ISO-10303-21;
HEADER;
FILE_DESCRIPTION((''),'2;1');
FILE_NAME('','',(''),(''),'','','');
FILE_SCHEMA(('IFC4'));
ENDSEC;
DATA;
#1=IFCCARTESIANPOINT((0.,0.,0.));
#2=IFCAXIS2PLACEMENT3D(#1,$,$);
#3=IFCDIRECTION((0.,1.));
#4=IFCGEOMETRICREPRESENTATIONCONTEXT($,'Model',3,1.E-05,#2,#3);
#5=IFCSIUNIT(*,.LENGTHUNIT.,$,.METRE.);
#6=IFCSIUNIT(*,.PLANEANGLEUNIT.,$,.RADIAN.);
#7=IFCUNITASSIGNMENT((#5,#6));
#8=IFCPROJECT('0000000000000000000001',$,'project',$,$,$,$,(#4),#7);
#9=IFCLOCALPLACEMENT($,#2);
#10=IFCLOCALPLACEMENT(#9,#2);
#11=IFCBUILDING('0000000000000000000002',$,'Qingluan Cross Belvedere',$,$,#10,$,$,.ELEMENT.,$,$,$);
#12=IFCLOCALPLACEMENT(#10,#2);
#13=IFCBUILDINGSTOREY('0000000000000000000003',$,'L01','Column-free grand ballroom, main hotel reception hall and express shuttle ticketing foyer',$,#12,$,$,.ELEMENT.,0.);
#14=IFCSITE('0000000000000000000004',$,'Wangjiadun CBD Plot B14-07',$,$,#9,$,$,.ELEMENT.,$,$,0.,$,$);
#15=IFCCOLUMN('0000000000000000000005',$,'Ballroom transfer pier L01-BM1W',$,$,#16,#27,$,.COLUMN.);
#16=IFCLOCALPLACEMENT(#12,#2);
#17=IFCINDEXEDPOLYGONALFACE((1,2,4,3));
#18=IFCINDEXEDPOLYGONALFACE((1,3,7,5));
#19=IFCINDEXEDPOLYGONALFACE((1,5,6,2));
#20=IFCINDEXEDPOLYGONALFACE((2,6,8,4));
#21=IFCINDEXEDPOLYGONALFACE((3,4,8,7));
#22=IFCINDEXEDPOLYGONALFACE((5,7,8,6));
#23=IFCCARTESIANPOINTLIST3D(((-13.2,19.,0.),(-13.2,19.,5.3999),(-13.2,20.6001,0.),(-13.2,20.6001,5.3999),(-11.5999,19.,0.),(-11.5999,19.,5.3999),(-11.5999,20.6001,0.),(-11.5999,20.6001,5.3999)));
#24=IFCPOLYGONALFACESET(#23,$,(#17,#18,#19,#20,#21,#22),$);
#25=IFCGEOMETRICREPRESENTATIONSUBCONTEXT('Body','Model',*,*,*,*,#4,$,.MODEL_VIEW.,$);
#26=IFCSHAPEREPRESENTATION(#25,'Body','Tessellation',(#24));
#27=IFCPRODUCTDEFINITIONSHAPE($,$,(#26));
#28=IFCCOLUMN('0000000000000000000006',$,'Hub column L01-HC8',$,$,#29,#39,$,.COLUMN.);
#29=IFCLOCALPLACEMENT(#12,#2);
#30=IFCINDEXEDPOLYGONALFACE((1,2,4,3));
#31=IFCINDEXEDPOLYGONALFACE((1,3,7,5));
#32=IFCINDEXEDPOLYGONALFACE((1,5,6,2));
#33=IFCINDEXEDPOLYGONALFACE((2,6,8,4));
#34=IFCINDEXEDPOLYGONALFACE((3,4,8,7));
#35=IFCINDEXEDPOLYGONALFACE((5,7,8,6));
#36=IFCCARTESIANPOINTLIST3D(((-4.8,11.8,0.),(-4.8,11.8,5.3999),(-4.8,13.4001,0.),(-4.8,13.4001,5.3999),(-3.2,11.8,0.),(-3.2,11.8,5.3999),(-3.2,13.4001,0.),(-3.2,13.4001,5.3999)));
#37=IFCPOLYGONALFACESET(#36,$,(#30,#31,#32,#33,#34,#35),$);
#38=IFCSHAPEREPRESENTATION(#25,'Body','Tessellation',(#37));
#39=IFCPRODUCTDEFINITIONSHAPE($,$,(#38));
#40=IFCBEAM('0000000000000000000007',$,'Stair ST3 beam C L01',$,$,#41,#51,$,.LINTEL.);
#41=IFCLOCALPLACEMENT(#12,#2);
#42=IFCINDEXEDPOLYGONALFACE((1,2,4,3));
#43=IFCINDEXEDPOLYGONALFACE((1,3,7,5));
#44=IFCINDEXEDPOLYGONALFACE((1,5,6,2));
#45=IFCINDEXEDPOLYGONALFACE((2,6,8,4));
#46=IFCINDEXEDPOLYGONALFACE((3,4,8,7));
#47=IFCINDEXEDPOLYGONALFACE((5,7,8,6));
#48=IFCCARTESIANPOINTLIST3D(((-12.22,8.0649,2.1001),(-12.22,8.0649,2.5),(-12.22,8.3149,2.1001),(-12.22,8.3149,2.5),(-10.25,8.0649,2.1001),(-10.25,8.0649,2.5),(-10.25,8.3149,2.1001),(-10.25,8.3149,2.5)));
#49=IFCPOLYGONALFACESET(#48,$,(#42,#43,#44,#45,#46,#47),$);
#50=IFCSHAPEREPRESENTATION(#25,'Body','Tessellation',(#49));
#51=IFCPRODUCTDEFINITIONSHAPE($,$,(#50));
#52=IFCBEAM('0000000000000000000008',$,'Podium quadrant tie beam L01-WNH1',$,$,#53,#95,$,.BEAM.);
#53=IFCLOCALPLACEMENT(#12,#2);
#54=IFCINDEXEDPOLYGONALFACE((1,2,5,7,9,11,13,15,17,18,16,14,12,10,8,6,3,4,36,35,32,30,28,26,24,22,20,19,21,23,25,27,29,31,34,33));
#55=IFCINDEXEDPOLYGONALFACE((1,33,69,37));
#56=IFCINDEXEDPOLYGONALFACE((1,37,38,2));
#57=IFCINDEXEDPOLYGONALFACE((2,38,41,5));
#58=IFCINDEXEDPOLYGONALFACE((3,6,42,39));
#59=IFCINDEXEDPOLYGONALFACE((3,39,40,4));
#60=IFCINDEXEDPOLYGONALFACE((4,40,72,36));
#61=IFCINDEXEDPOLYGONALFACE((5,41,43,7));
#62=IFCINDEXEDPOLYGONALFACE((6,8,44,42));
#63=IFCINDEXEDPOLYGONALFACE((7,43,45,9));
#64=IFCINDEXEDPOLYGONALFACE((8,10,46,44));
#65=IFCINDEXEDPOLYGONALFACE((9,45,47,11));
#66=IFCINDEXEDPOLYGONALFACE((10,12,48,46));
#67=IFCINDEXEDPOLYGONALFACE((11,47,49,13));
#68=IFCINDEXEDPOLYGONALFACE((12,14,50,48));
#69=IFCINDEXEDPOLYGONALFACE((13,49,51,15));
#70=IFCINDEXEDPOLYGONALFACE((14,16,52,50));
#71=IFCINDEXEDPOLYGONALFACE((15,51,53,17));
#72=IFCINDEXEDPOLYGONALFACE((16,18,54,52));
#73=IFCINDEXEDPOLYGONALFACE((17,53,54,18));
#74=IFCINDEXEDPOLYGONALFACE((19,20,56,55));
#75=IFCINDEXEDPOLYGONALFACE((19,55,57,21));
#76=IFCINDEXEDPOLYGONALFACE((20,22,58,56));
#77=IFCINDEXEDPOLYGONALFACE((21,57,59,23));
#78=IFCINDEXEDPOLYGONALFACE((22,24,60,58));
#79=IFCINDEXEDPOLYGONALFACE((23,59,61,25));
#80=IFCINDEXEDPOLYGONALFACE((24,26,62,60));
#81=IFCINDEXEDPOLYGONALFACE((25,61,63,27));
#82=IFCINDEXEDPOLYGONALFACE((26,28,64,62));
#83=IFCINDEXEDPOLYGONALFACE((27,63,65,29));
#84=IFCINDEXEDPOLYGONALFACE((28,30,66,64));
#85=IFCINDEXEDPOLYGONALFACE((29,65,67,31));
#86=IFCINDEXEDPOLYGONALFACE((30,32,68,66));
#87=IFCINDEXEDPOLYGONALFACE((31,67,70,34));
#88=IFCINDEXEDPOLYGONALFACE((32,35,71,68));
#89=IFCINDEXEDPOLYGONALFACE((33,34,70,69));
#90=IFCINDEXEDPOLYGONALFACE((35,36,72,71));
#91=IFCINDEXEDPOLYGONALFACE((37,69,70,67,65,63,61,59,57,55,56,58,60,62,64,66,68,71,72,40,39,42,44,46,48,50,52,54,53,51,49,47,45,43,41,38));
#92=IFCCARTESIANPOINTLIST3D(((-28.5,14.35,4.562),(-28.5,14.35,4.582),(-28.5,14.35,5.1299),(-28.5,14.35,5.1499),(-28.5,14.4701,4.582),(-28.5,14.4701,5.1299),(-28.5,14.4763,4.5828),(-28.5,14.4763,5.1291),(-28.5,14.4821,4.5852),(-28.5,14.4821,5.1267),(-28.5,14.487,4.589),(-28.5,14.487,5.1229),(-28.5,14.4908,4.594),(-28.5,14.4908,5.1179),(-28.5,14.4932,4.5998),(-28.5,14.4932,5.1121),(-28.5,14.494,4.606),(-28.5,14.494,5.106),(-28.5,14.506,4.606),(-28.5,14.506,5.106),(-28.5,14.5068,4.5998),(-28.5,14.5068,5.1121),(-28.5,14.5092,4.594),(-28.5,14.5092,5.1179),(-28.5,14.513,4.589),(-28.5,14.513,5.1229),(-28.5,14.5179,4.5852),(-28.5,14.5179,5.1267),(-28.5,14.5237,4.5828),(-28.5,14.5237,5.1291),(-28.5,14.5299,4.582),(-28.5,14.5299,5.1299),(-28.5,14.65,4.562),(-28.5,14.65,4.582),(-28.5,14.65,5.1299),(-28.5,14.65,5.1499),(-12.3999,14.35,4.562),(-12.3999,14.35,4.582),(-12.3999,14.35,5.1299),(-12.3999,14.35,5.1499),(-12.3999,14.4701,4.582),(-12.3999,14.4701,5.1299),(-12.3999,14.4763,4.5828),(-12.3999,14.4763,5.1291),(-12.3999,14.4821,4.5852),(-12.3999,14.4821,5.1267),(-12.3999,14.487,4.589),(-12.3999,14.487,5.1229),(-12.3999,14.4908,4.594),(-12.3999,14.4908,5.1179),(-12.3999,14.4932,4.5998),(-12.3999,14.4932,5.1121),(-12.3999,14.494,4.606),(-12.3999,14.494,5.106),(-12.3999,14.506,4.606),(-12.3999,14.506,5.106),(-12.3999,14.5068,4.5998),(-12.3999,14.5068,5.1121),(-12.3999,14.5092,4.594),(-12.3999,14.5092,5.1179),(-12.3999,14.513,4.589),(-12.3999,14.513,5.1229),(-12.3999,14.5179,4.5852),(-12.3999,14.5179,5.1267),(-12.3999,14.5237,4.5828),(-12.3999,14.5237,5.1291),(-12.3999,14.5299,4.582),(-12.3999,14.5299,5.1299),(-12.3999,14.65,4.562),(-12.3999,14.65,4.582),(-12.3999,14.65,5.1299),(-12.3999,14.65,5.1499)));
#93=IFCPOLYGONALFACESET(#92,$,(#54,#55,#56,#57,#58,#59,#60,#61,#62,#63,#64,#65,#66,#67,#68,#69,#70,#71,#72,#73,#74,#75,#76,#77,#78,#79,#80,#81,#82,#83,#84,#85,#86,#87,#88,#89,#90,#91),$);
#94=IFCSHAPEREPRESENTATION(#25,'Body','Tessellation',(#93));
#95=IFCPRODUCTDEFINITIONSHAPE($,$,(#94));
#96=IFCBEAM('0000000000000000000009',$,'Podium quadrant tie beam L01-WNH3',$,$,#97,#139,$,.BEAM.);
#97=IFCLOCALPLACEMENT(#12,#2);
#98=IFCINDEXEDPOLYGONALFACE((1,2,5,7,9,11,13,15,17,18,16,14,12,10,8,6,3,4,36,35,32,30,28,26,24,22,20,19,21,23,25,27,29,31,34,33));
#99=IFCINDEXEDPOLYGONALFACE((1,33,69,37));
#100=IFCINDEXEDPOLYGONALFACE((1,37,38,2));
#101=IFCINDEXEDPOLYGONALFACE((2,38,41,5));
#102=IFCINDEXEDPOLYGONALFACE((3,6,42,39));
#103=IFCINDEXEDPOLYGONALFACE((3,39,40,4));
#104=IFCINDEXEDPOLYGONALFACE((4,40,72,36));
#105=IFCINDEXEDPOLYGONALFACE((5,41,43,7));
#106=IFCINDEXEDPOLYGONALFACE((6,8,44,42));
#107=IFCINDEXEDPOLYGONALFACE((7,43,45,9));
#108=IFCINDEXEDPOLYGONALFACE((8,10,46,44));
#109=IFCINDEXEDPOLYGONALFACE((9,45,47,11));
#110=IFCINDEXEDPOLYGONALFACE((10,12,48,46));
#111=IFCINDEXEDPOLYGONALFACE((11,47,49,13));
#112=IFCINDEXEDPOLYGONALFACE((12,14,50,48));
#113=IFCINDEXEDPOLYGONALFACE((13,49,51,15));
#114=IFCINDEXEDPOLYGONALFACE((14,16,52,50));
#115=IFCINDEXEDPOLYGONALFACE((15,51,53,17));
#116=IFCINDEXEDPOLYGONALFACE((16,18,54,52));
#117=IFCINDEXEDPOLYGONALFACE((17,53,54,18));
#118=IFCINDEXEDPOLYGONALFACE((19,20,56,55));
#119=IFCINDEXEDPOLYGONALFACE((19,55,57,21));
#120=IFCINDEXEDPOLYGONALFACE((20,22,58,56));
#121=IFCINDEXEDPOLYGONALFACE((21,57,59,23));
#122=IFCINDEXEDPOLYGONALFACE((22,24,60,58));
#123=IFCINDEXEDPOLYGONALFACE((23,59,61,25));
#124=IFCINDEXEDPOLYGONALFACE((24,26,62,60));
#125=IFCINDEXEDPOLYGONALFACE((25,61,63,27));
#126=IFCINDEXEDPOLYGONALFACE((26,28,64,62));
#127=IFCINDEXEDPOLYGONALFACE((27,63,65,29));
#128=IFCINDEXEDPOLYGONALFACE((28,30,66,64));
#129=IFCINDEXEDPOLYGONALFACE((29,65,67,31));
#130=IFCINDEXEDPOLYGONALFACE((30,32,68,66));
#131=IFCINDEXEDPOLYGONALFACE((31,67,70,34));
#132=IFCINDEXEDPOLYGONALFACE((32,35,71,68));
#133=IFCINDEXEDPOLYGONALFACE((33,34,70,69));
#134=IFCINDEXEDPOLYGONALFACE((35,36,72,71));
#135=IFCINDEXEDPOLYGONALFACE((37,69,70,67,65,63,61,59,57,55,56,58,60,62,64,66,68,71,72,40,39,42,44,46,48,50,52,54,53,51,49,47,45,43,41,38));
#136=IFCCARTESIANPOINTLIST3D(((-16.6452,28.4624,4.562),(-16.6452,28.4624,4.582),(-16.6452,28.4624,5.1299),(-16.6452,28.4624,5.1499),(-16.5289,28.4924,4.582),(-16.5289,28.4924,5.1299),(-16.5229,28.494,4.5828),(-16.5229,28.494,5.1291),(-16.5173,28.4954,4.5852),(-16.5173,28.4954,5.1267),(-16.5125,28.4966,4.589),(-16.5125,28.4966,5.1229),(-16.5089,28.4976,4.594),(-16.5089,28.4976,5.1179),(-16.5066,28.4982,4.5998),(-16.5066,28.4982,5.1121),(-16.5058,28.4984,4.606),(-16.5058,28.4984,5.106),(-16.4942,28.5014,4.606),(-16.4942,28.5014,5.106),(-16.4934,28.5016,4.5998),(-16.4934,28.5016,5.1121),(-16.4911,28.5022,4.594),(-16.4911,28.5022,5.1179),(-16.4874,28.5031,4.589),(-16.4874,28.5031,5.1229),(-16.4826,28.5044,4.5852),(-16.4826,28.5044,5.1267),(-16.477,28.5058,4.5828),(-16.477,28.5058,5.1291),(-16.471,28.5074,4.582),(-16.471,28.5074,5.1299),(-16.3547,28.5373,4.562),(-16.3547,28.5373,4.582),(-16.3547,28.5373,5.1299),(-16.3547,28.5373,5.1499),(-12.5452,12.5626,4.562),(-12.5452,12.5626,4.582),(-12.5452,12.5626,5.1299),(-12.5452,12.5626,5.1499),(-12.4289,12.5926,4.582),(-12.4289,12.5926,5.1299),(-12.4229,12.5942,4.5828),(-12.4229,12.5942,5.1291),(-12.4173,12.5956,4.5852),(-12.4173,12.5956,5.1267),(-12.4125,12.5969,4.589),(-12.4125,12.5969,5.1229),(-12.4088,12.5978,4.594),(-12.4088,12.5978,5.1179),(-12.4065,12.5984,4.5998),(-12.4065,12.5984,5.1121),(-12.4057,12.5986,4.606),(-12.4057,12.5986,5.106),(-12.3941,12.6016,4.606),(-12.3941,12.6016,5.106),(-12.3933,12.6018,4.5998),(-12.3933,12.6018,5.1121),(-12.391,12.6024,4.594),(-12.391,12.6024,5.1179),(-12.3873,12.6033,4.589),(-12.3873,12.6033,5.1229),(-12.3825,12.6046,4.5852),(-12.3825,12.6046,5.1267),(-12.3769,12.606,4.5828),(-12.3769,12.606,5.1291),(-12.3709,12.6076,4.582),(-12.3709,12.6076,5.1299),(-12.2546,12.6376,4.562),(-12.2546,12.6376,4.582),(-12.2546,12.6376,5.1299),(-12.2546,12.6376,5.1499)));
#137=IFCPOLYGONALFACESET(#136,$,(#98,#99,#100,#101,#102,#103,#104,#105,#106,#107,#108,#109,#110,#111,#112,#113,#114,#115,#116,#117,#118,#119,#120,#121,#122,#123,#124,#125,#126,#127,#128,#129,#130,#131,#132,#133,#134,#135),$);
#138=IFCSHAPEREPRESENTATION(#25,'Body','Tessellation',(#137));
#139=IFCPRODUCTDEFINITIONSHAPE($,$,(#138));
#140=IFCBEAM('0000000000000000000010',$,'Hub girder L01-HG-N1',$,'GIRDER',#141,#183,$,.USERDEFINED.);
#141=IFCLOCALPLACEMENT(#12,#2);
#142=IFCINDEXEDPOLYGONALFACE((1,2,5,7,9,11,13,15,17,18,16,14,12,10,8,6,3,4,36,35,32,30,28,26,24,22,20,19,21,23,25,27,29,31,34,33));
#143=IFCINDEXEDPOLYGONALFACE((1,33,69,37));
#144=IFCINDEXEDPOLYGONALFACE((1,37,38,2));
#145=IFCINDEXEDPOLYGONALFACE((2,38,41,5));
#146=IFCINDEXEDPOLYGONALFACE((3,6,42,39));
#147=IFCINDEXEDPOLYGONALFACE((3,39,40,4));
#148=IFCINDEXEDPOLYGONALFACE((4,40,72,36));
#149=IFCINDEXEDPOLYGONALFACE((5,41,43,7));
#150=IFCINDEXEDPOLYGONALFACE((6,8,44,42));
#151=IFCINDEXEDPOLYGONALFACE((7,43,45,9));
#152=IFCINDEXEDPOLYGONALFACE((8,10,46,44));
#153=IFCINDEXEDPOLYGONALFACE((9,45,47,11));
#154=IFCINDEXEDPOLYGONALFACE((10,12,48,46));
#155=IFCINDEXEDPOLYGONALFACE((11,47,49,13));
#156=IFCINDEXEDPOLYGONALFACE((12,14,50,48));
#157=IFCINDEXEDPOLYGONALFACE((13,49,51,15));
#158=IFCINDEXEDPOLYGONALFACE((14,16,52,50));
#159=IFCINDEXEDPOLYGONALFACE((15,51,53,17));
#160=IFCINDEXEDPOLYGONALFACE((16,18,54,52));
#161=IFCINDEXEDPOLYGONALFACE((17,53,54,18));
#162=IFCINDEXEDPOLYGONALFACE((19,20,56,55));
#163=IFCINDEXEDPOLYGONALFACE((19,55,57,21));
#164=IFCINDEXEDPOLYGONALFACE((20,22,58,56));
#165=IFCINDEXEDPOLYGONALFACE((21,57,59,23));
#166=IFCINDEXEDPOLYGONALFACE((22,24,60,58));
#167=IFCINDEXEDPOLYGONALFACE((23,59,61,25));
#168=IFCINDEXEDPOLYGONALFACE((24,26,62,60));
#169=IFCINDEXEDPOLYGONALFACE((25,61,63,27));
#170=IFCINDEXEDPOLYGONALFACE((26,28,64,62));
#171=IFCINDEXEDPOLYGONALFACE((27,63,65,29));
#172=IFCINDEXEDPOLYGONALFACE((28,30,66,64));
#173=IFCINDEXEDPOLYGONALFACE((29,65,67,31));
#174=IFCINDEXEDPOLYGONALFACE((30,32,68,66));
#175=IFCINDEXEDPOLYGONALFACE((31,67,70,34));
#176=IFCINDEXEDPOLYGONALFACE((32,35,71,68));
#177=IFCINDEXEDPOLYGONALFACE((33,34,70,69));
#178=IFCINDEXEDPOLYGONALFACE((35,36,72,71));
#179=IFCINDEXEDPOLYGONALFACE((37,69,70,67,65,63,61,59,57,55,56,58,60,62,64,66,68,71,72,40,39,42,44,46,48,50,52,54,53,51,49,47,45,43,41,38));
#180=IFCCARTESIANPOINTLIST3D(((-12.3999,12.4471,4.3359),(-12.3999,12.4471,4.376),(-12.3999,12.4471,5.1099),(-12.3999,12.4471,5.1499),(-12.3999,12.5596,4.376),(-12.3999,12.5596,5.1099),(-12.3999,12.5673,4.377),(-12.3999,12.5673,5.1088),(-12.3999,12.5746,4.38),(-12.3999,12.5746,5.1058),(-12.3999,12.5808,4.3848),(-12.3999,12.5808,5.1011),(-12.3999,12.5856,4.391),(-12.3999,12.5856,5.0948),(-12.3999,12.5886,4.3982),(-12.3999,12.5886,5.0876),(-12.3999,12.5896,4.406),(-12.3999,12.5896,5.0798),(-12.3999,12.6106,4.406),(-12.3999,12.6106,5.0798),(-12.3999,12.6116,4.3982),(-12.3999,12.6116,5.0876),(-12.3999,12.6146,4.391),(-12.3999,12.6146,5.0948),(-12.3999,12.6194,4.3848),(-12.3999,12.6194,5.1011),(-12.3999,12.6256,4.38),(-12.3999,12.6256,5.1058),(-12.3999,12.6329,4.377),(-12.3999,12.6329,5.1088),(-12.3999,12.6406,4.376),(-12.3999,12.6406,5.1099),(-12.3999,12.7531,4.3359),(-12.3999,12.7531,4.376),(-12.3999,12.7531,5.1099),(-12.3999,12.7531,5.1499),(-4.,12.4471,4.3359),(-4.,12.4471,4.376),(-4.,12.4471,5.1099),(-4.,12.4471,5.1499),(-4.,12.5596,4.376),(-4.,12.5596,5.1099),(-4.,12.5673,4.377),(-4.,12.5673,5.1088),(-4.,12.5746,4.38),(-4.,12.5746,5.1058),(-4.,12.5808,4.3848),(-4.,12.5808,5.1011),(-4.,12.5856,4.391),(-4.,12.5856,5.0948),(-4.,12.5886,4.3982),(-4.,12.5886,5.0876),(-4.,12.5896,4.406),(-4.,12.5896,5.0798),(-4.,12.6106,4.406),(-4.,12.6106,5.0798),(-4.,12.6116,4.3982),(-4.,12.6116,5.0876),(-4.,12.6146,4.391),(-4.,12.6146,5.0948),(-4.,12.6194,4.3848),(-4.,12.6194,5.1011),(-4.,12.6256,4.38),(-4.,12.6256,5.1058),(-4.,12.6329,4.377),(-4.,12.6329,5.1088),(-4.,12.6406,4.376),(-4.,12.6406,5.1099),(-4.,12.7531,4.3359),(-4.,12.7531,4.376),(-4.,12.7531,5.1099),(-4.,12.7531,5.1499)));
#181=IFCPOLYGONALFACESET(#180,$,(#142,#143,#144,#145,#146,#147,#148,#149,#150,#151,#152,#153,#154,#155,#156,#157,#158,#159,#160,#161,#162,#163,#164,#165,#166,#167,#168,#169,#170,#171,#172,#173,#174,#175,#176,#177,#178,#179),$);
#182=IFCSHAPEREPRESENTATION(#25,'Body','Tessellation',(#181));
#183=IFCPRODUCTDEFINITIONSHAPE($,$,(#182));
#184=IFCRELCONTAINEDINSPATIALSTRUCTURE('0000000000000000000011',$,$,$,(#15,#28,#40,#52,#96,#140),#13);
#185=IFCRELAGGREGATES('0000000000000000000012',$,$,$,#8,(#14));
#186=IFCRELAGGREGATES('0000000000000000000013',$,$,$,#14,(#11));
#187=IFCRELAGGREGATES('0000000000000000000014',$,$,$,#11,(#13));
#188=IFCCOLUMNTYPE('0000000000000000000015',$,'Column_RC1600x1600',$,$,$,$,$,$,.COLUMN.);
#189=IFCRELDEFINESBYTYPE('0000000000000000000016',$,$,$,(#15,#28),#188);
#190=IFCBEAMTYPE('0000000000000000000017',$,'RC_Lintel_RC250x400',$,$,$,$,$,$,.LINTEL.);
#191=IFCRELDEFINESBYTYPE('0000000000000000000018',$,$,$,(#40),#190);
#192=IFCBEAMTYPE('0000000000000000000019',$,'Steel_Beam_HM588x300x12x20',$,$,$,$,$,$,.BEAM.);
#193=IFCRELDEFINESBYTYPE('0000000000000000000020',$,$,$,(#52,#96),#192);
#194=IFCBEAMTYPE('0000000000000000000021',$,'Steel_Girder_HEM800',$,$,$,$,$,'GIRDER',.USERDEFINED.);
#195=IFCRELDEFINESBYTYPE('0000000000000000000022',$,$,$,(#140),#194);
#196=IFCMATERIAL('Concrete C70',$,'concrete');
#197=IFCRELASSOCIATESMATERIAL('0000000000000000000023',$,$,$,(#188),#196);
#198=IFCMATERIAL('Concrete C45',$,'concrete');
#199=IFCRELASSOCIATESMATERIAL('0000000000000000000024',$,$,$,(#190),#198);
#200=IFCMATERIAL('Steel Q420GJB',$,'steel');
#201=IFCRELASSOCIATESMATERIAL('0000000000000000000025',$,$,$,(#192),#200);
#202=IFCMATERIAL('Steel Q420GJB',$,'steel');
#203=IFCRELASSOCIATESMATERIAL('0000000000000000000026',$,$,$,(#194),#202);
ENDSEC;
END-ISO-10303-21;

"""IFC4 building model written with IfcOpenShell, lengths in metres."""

from ifc_helpers import new_model, si_unit, direction, frame, origin, origin_2d, place, context, subcontext, project, spatial, rectangle, i_section, extrude, material, material_profile, profile_set, type_object, element, save


model = new_model("IFC4")

# Units and contexts
model_context = context("Model", 3, precision=1e-05, world=origin(), true_north=direction((0.0, 1.0)))
body_context = subcontext(model_context, "Body", "Model", "MODEL_VIEW")
ifc_project = project(units=[si_unit("LENGTHUNIT", "METRE"), si_unit("PLANEANGLEUNIT", "RADIAN")], contexts=[model_context])

# Site, building, storey
site_placement = place(None, origin())
site = spatial("IfcSite", under=ifc_project, at=site_placement, Name="Wangjiadun CBD Plot B14-07", CompositionType="ELEMENT", RefElevation=0.0)
building_placement = place(site_placement, origin())
building = spatial("IfcBuilding", under=site, at=building_placement, Name="Qingluan Cross Belvedere", CompositionType="ELEMENT")
storey_placement = place(building_placement, origin())
storey = spatial("IfcBuildingStorey", under=building, at=storey_placement, Name="L01", Description="Column-free grand ballroom, main hotel reception hall and express shuttle ticketing foyer", CompositionType="ELEMENT", Elevation=0.0)

# Columns
ifc_material_1 = material(Name="Concrete C70", Category="concrete")
ifc_material_profile_1 = material_profile(ifc_material_1, rectangle(XDim=1.6001, YDim=1.6001, at=origin_2d()), Name="RC1600x1600")
ifc_profile_set_1 = profile_set([ifc_material_profile_1], Name="Concrete C70")
column_type = type_object("IfcColumnType", Name="Column_RC1600x1600", PredefinedType="COLUMN", material=ifc_profile_set_1)
for number, where, z_axis, x_axis, name in (
    (1, (-12.3999, 19.8, 0.0), (0.0, 0.0, 1.0), (1.0, 0.0, 0.0), "Ballroom transfer pier L01-BM1W"),
    (2, (-4.0, 12.6001, 0.0), (0.0, 0.0, 1.0), (1.0, 0.0, 0.0), "Hub column L01-HC8"),
):
    element("IfcColumn", number, at=place(storey_placement, frame(where, z_axis=z_axis, x_axis=x_axis)), inside=storey, type_object=column_type, Name=name, PredefinedType="COLUMN", context=body_context, shape_type="SweptSolid", body=[
        extrude(rectangle(XDim=1.6001, YDim=1.6001, at=origin_2d()), origin(), (0.0, 0.0, 1.0), 5.3999),
    ])

# Beams
ifc_material_2 = material(Name="Concrete C45", Category="concrete")
ifc_material_profile_2 = material_profile(ifc_material_2, rectangle(XDim=0.25, YDim=0.3999, at=origin_2d()), Name="RC250x400")
ifc_profile_set_2 = profile_set([ifc_material_profile_2], Name="Concrete C45")
beam_type_1 = type_object("IfcBeamType", Name="RC_Lintel_RC250x400", PredefinedType="LINTEL", material=ifc_profile_set_2)
beam_1_placement = place(storey_placement, frame((-12.22, 8.1899, 2.3), z_axis=(1.0, 0.0, 0.0), x_axis=(0.0, 1.0, 0.0)))
element("IfcBeam", 3, at=beam_1_placement, inside=storey, type_object=beam_type_1, Name="Stair ST3 beam C L01", PredefinedType="LINTEL", context=body_context, shape_type="SweptSolid", body=[
    extrude(rectangle(XDim=0.25, YDim=0.3999, at=origin_2d()), origin(), (0.0, 0.0, 1.0), 1.97),
])
ifc_material_3 = material(Name="Steel Q420GJB", Category="steel")
ifc_material_profile_3 = material_profile(ifc_material_3, i_section(OverallWidth=0.3, OverallDepth=0.5879, WebThickness=0.012, FlangeThickness=0.02, FilletRadius=0.0239, at=origin_2d()), Name="HM588x300x12x20")
ifc_profile_set_3 = profile_set([ifc_material_profile_3], Name="Steel Q420GJB")
beam_type_2 = type_object("IfcBeamType", Name="Steel_Beam_HM588x300x12x20", PredefinedType="BEAM", material=ifc_profile_set_3)
beam_2_placement = place(storey_placement, frame((-12.3999, 14.5, 4.856), z_axis=(-1.0, 0.0, 0.0), x_axis=(0.0, -1.0, 0.0)))
element("IfcBeam", 4, at=beam_2_placement, inside=storey, type_object=beam_type_2, Name="Podium quadrant tie beam L01-WNH1", PredefinedType="BEAM", context=body_context, shape_type="SweptSolid", body=[
    extrude(i_section(OverallWidth=0.3, OverallDepth=0.5879, WebThickness=0.012, FlangeThickness=0.02, FilletRadius=0.0239, at=origin_2d()), origin(), (0.0, 0.0, 1.0), 16.1001),
])
beam_3_placement = place(storey_placement, frame((-12.3999, 12.6001, 4.856), z_axis=(-0.249701, 0.968323, 0.0), x_axis=(-0.968323, -0.249701, 0.0)))
element("IfcBeam", 5, at=beam_3_placement, inside=storey, type_object=beam_type_2, Name="Podium quadrant tie beam L01-WNH3", PredefinedType="BEAM", context=body_context, shape_type="SweptSolid", body=[
    extrude(i_section(OverallWidth=0.3, OverallDepth=0.5879, WebThickness=0.012, FlangeThickness=0.02, FilletRadius=0.0239, at=origin_2d()), origin(), (0.0, 0.0, 1.0), 16.4199),
])
ifc_material_4 = material(Name="Steel Q420GJB", Category="steel")
ifc_material_profile_4 = material_profile(ifc_material_4, i_section(OverallWidth=0.3059, OverallDepth=0.814, WebThickness=0.021, FlangeThickness=0.04, FilletRadius=0.03, at=origin_2d()), Name="HEM800")
ifc_profile_set_4 = profile_set([ifc_material_profile_4], Name="Steel Q420GJB")
beam_type_3 = type_object("IfcBeamType", Name="Steel_Girder_HEM800", ElementType="GIRDER", PredefinedType="USERDEFINED", material=ifc_profile_set_4)
beam_4_placement = place(storey_placement, frame((-12.3999, 12.6001, 4.7429), z_axis=(1.0, 0.0, 0.0), x_axis=(0.0, 1.0, 0.0)))
element("IfcBeam", 6, at=beam_4_placement, inside=storey, type_object=beam_type_3, Name="Hub girder L01-HG-N1", ObjectType="GIRDER", PredefinedType="USERDEFINED", context=body_context, shape_type="SweptSolid", body=[
    extrude(i_section(OverallWidth=0.3059, OverallDepth=0.814, WebThickness=0.021, FlangeThickness=0.04, FilletRadius=0.03, at=origin_2d()), origin(), (0.0, 0.0, 1.0), 8.3999),
])

save(model, "model.ifc")
